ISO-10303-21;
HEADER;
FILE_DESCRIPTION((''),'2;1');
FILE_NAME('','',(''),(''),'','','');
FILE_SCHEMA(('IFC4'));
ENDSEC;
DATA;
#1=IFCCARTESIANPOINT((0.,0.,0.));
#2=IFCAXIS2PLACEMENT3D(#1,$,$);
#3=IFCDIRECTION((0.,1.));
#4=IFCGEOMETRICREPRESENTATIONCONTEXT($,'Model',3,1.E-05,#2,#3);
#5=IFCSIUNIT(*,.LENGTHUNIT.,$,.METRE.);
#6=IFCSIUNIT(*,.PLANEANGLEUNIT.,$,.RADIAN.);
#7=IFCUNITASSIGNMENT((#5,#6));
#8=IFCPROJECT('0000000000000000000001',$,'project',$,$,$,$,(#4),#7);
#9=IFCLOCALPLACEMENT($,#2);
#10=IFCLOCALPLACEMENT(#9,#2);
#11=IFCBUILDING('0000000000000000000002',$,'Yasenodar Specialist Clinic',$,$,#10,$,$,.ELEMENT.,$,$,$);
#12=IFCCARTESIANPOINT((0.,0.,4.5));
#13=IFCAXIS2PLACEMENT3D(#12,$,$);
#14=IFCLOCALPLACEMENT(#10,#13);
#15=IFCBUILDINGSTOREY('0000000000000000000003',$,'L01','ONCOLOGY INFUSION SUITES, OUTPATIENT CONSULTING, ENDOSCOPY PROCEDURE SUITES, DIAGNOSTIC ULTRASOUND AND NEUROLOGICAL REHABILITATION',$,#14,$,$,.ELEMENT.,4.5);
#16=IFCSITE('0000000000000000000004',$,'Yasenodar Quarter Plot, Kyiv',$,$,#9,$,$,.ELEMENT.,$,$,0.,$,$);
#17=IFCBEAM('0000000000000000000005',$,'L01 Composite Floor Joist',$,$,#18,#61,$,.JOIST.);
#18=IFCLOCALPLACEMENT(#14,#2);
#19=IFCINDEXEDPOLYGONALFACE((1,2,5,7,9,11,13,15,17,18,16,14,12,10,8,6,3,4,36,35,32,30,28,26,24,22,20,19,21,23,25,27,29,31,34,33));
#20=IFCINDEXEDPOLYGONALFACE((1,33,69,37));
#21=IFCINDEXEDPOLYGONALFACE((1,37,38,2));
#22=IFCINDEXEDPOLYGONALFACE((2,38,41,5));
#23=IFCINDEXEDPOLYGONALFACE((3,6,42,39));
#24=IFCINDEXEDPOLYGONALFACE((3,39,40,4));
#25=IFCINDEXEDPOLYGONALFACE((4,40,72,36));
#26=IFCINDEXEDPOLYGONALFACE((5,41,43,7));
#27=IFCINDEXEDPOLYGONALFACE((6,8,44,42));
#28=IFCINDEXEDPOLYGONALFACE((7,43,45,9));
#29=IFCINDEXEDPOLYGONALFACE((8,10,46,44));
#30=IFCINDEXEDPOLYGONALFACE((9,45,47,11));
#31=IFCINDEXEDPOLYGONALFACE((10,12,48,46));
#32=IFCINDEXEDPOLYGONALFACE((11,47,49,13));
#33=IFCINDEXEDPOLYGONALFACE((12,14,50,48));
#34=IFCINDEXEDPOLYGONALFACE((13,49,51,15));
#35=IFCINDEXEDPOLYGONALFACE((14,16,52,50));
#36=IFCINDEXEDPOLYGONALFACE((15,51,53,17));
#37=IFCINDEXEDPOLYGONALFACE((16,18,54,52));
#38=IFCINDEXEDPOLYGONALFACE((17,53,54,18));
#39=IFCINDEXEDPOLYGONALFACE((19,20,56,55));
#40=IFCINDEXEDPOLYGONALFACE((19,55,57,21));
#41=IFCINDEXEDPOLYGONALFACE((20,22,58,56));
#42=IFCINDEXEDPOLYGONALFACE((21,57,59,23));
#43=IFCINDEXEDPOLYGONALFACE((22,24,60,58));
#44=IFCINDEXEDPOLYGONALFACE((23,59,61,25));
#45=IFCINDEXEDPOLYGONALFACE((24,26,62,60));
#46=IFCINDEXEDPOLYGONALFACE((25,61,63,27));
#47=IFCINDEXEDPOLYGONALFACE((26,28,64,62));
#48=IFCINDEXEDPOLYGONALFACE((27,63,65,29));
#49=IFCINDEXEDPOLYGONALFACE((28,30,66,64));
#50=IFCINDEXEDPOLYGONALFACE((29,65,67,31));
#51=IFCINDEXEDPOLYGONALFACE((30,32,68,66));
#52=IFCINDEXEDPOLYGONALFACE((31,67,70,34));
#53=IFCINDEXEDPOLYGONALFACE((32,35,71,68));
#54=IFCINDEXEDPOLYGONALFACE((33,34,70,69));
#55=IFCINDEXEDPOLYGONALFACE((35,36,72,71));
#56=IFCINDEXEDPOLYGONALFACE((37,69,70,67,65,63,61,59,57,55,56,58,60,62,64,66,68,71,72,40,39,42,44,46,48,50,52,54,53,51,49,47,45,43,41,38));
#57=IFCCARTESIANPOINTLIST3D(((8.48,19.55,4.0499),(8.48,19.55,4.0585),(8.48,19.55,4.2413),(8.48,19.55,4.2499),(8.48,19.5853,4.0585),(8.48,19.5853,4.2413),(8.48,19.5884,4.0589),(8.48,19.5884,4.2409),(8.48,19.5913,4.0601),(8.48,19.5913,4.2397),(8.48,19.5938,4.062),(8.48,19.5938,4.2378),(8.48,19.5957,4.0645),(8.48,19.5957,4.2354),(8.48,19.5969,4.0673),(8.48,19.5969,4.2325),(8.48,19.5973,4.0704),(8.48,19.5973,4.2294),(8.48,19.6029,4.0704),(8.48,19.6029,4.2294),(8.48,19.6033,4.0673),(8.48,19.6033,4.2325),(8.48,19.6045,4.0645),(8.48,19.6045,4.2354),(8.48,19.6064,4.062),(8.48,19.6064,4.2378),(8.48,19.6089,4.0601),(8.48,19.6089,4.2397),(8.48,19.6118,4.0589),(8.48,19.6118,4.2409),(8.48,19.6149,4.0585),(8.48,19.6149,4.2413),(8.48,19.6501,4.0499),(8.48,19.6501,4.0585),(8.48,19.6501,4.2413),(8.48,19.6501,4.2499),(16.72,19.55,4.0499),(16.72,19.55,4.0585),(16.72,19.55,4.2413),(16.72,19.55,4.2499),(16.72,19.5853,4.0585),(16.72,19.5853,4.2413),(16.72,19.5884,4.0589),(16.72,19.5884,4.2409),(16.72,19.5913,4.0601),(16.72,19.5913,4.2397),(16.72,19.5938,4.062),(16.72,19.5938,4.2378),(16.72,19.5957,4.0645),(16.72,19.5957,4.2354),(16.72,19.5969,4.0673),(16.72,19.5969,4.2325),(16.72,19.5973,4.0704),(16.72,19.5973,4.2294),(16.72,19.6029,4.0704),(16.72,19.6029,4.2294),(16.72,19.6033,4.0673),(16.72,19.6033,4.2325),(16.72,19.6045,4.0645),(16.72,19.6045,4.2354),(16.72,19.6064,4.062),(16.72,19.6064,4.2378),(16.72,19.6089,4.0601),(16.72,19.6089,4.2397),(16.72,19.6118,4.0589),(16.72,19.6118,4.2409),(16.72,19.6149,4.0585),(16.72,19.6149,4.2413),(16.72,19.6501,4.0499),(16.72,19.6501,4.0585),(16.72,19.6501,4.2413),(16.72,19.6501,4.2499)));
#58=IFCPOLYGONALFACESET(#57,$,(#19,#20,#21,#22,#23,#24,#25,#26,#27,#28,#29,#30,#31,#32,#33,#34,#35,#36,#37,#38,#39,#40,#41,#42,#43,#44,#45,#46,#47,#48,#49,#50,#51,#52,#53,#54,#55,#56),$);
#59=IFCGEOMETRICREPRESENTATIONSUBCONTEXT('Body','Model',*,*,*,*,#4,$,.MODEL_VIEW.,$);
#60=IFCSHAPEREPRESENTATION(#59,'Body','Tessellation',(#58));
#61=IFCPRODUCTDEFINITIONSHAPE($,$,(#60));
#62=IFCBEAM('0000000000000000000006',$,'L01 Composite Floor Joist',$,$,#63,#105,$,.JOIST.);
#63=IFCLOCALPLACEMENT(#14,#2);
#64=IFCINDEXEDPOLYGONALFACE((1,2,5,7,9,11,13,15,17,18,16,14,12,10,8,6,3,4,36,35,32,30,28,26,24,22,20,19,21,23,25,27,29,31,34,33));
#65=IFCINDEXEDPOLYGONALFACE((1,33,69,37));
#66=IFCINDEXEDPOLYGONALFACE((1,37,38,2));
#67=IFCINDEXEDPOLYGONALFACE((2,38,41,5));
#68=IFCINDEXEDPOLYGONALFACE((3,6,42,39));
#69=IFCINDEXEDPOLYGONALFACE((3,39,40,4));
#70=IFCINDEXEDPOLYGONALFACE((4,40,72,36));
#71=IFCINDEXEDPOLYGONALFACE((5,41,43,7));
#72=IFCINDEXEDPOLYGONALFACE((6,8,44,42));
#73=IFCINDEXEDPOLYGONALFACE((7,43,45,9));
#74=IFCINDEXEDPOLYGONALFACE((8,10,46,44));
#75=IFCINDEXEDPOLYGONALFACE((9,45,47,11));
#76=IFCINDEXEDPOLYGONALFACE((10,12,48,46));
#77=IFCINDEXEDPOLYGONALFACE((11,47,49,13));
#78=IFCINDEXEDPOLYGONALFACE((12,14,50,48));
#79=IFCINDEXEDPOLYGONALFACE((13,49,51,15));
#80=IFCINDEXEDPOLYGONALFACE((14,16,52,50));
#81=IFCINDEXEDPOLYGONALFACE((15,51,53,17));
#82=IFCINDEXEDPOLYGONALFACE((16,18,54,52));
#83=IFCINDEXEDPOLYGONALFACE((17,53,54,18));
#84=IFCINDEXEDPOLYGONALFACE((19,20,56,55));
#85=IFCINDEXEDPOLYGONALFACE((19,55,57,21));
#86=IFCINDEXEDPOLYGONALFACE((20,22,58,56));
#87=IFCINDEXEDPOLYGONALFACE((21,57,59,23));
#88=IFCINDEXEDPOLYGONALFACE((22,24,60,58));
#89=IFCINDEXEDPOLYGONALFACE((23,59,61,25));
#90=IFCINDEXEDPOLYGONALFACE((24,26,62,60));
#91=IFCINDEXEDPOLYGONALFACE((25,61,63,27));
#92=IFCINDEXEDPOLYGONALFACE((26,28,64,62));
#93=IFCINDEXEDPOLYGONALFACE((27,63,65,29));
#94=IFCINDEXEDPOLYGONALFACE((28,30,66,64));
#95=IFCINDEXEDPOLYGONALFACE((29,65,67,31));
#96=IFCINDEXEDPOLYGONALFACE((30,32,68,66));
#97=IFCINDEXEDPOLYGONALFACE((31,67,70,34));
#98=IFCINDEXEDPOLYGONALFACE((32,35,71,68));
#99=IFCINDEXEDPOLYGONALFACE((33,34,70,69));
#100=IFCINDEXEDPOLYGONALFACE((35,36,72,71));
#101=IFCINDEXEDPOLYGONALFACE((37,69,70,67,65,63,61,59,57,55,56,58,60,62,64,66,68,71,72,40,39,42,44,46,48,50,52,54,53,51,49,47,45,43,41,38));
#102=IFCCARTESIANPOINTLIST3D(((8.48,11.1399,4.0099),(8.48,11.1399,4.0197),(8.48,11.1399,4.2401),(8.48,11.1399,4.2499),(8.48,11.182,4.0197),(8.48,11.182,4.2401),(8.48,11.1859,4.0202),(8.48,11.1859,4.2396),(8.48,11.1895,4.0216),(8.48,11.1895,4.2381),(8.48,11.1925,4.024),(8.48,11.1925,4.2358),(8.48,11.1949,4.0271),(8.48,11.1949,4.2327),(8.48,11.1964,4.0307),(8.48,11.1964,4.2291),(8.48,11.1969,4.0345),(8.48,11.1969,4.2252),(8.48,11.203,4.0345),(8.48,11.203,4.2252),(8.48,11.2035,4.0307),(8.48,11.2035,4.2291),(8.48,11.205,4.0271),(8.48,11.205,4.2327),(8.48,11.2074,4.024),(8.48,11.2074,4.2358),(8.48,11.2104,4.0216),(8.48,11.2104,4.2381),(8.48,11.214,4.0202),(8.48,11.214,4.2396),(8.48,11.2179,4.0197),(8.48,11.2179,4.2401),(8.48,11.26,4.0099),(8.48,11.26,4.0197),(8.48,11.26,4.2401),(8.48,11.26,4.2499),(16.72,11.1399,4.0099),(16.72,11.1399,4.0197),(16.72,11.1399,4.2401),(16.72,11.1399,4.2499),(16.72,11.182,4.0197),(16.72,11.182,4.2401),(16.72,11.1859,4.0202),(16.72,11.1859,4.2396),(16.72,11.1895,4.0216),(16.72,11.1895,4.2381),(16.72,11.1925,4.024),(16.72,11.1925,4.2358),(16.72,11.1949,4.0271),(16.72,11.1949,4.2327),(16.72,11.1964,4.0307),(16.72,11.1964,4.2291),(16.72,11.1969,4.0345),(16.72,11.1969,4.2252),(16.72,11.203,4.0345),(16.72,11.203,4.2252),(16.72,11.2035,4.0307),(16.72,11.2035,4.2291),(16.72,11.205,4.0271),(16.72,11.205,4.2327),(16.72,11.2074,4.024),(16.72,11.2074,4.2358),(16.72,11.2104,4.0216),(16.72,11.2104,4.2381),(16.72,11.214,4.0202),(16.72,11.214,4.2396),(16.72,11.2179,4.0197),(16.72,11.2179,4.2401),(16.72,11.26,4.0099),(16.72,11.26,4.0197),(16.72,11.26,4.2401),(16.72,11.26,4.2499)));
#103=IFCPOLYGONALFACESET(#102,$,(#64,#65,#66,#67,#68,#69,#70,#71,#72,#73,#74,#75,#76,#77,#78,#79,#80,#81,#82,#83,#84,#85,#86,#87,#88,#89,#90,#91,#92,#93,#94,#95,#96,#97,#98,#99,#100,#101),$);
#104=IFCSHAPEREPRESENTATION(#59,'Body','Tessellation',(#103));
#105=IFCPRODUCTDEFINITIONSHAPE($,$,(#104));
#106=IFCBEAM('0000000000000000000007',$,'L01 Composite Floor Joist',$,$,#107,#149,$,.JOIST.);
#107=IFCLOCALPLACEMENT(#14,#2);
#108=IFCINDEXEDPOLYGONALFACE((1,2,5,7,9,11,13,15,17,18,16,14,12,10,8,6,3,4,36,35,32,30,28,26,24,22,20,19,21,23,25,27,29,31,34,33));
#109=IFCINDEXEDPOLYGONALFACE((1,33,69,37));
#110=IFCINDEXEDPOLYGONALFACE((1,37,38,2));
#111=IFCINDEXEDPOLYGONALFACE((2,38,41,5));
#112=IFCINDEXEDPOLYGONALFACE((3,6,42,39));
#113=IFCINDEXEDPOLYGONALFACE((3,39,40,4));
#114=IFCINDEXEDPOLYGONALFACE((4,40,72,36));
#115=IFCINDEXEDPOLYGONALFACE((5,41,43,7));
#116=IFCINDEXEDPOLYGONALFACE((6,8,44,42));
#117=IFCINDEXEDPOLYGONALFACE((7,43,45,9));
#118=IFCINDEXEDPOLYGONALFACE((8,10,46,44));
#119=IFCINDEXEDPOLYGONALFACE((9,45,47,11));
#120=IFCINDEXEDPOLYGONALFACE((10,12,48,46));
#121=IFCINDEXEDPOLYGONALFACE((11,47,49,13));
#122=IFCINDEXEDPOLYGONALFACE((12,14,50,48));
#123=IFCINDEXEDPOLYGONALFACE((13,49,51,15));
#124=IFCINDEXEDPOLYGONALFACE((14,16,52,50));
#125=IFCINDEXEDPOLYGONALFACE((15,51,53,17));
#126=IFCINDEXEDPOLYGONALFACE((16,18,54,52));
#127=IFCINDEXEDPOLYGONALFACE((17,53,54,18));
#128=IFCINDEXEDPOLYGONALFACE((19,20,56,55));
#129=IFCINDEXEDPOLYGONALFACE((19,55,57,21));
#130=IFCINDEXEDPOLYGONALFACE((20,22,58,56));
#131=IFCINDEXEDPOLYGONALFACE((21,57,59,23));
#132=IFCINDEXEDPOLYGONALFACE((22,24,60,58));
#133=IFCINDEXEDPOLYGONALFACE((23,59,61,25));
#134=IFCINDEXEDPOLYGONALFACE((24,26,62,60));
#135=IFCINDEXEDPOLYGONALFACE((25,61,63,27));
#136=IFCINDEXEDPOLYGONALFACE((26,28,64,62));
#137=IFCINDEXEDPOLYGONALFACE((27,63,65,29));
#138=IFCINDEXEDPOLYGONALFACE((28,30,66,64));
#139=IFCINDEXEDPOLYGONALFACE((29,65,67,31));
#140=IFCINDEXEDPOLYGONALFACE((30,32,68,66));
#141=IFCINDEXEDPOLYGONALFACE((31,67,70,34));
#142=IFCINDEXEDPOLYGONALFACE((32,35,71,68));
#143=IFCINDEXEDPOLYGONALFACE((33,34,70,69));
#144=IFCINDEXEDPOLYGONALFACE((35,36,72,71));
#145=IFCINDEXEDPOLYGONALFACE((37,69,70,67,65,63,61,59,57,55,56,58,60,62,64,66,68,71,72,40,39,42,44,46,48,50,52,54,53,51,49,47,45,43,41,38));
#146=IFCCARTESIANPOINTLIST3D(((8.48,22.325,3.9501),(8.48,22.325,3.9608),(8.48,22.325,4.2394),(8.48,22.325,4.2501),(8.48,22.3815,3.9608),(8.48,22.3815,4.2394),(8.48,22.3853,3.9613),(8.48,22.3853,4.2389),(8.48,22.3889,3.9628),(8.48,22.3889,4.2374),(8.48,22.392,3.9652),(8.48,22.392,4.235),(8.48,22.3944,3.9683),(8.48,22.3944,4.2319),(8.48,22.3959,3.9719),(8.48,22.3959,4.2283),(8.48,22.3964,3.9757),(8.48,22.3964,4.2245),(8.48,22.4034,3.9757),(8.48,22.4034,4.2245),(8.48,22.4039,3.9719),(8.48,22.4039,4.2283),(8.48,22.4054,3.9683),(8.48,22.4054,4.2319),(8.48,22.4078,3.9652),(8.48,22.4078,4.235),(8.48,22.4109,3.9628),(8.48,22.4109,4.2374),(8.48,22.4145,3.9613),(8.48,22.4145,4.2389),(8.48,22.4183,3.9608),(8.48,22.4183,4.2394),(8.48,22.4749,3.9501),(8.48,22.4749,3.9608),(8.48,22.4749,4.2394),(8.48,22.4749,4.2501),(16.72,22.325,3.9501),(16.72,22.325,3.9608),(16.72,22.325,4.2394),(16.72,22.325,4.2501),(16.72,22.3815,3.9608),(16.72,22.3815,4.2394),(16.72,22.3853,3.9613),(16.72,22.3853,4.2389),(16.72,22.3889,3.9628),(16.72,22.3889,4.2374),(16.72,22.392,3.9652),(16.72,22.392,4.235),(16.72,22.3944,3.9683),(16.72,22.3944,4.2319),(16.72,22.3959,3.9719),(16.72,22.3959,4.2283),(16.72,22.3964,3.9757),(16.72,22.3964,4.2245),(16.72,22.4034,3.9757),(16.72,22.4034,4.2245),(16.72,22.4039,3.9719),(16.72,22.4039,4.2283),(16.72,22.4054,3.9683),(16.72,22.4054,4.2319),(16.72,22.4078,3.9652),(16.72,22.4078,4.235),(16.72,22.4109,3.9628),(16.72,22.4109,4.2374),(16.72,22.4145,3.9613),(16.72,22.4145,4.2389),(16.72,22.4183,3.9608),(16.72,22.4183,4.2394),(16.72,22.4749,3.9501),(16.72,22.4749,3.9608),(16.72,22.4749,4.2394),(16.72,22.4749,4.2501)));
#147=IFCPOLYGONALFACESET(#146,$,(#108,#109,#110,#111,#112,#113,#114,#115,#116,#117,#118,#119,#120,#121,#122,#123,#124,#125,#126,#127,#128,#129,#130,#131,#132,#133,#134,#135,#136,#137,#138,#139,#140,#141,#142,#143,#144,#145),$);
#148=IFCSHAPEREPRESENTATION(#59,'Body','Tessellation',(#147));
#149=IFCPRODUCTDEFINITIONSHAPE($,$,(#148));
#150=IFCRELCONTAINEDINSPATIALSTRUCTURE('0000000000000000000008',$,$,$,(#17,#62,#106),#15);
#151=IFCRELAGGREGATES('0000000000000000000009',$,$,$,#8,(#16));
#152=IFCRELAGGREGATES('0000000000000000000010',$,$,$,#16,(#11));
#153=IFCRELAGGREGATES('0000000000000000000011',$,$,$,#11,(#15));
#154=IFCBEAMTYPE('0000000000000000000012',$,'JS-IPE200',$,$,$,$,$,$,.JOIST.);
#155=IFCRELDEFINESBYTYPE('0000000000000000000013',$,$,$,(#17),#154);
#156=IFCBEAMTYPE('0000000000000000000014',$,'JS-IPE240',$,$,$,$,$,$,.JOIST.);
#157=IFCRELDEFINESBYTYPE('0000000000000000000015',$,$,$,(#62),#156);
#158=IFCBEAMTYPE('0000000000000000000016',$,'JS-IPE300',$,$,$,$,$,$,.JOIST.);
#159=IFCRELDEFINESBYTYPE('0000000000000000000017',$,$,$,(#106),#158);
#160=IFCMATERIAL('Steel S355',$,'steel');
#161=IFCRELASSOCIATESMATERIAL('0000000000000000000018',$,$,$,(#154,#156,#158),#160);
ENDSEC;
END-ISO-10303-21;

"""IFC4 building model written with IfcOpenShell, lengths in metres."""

from ifc_helpers import new_model, si_unit, direction, frame, origin, origin_2d, place, context, subcontext, project, spatial, i_section, extrude, material, material_profile, profile_set, type_object, element, save


model = new_model("IFC4")

# Units and contexts
model_context = context("Model", 3, precision=1e-05, world=origin(), true_north=direction((0.0, 1.0)))
body_context = subcontext(model_context, "Body", "Model", "MODEL_VIEW")
ifc_project = project(units=[si_unit("LENGTHUNIT", "METRE"), si_unit("PLANEANGLEUNIT", "RADIAN")], contexts=[model_context])

# Site, building, storey
site_placement = place(None, origin())
site = spatial("IfcSite", under=ifc_project, at=site_placement, Name="Yasenodar Quarter Plot, Kyiv", CompositionType="ELEMENT", RefElevation=0.0)
building_placement = place(site_placement, origin())
building = spatial("IfcBuilding", under=site, at=building_placement, Name="Yasenodar Specialist Clinic", CompositionType="ELEMENT")
storey_placement = place(building_placement, frame((0.0, 0.0, 4.5)))
storey = spatial("IfcBuildingStorey", under=building, at=storey_placement, Name="L01", Description="ONCOLOGY INFUSION SUITES, OUTPATIENT CONSULTING, ENDOSCOPY PROCEDURE SUITES, DIAGNOSTIC ULTRASOUND AND NEUROLOGICAL REHABILITATION", CompositionType="ELEMENT", Elevation=4.5)

# Shared definitions
ifc_material_1 = material(Name="Steel S355", Category="steel")

# Beams
ifc_material_profile_1 = material_profile(ifc_material_1, i_section(OverallWidth=0.1001, OverallDepth=0.2, WebThickness=0.0056, FlangeThickness=0.0085, FilletRadius=0.012, at=origin_2d()), Name="IPE 200")
ifc_profile_set_1 = profile_set([ifc_material_profile_1], Name="Steel S355")
beam_type_1 = type_object("IfcBeamType", Name="JS-IPE200", PredefinedType="JOIST", material=ifc_profile_set_1)
for number, where, z_axis, x_axis, name in (
    (1, (8.48, 19.6001, 4.1499), (1.0, 0.0, 0.0), (0.0, 1.0, 0.0), "L01 Composite Floor Joist"),
):
    element("IfcBeam", number, at=place(storey_placement, frame(where, z_axis=z_axis, x_axis=x_axis)), inside=storey, type_object=beam_type_1, Name=name, PredefinedType="JOIST", context=body_context, shape_type="SweptSolid", body=[
        extrude(i_section(OverallWidth=0.1001, OverallDepth=0.2, WebThickness=0.0056, FlangeThickness=0.0085, FilletRadius=0.012, at=origin_2d()), origin(), (0.0, 0.0, 1.0), 8.24),
    ])
ifc_material_profile_2 = material_profile(ifc_material_1, i_section(OverallWidth=0.1201, OverallDepth=0.24, WebThickness=0.0061, FlangeThickness=0.0098, FilletRadius=0.0149, at=origin_2d()), Name="IPE 240")
ifc_profile_set_2 = profile_set([ifc_material_profile_2], Name="Steel S355")
beam_type_2 = type_object("IfcBeamType", Name="JS-IPE240", PredefinedType="JOIST", material=ifc_profile_set_2)
beam_1_placement = place(storey_placement, frame((8.48, 11.2, 4.1299), z_axis=(1.0, 0.0, 0.0), x_axis=(0.0, 1.0, 0.0)))
element("IfcBeam", 2, at=beam_1_placement, inside=storey, type_object=beam_type_2, Name="L01 Composite Floor Joist", PredefinedType="JOIST", context=body_context, shape_type="SweptSolid", body=[
    extrude(i_section(OverallWidth=0.1201, OverallDepth=0.24, WebThickness=0.0061, FlangeThickness=0.0098, FilletRadius=0.0149, at=origin_2d()), origin(), (0.0, 0.0, 1.0), 8.24),
])
ifc_material_profile_3 = material_profile(ifc_material_1, i_section(OverallWidth=0.1499, OverallDepth=0.3, WebThickness=0.0071, FlangeThickness=0.0107, FilletRadius=0.0149, at=origin_2d()), Name="IPE 300")
ifc_profile_set_3 = profile_set([ifc_material_profile_3], Name="Steel S355")
beam_type_3 = type_object("IfcBeamType", Name="JS-IPE300", PredefinedType="JOIST", material=ifc_profile_set_3)
beam_2_placement = place(storey_placement, frame((8.48, 22.3999, 4.1001), z_axis=(1.0, 0.0, 0.0), x_axis=(0.0, 1.0, 0.0)))
element("IfcBeam", 3, at=beam_2_placement, inside=storey, type_object=beam_type_3, Name="L01 Composite Floor Joist", PredefinedType="JOIST", context=body_context, shape_type="SweptSolid", body=[
    extrude(i_section(OverallWidth=0.1499, OverallDepth=0.3, WebThickness=0.0071, FlangeThickness=0.0107, FilletRadius=0.0149, at=origin_2d()), origin(), (0.0, 0.0, 1.0), 8.24),
])

save(model, "model.ifc")
